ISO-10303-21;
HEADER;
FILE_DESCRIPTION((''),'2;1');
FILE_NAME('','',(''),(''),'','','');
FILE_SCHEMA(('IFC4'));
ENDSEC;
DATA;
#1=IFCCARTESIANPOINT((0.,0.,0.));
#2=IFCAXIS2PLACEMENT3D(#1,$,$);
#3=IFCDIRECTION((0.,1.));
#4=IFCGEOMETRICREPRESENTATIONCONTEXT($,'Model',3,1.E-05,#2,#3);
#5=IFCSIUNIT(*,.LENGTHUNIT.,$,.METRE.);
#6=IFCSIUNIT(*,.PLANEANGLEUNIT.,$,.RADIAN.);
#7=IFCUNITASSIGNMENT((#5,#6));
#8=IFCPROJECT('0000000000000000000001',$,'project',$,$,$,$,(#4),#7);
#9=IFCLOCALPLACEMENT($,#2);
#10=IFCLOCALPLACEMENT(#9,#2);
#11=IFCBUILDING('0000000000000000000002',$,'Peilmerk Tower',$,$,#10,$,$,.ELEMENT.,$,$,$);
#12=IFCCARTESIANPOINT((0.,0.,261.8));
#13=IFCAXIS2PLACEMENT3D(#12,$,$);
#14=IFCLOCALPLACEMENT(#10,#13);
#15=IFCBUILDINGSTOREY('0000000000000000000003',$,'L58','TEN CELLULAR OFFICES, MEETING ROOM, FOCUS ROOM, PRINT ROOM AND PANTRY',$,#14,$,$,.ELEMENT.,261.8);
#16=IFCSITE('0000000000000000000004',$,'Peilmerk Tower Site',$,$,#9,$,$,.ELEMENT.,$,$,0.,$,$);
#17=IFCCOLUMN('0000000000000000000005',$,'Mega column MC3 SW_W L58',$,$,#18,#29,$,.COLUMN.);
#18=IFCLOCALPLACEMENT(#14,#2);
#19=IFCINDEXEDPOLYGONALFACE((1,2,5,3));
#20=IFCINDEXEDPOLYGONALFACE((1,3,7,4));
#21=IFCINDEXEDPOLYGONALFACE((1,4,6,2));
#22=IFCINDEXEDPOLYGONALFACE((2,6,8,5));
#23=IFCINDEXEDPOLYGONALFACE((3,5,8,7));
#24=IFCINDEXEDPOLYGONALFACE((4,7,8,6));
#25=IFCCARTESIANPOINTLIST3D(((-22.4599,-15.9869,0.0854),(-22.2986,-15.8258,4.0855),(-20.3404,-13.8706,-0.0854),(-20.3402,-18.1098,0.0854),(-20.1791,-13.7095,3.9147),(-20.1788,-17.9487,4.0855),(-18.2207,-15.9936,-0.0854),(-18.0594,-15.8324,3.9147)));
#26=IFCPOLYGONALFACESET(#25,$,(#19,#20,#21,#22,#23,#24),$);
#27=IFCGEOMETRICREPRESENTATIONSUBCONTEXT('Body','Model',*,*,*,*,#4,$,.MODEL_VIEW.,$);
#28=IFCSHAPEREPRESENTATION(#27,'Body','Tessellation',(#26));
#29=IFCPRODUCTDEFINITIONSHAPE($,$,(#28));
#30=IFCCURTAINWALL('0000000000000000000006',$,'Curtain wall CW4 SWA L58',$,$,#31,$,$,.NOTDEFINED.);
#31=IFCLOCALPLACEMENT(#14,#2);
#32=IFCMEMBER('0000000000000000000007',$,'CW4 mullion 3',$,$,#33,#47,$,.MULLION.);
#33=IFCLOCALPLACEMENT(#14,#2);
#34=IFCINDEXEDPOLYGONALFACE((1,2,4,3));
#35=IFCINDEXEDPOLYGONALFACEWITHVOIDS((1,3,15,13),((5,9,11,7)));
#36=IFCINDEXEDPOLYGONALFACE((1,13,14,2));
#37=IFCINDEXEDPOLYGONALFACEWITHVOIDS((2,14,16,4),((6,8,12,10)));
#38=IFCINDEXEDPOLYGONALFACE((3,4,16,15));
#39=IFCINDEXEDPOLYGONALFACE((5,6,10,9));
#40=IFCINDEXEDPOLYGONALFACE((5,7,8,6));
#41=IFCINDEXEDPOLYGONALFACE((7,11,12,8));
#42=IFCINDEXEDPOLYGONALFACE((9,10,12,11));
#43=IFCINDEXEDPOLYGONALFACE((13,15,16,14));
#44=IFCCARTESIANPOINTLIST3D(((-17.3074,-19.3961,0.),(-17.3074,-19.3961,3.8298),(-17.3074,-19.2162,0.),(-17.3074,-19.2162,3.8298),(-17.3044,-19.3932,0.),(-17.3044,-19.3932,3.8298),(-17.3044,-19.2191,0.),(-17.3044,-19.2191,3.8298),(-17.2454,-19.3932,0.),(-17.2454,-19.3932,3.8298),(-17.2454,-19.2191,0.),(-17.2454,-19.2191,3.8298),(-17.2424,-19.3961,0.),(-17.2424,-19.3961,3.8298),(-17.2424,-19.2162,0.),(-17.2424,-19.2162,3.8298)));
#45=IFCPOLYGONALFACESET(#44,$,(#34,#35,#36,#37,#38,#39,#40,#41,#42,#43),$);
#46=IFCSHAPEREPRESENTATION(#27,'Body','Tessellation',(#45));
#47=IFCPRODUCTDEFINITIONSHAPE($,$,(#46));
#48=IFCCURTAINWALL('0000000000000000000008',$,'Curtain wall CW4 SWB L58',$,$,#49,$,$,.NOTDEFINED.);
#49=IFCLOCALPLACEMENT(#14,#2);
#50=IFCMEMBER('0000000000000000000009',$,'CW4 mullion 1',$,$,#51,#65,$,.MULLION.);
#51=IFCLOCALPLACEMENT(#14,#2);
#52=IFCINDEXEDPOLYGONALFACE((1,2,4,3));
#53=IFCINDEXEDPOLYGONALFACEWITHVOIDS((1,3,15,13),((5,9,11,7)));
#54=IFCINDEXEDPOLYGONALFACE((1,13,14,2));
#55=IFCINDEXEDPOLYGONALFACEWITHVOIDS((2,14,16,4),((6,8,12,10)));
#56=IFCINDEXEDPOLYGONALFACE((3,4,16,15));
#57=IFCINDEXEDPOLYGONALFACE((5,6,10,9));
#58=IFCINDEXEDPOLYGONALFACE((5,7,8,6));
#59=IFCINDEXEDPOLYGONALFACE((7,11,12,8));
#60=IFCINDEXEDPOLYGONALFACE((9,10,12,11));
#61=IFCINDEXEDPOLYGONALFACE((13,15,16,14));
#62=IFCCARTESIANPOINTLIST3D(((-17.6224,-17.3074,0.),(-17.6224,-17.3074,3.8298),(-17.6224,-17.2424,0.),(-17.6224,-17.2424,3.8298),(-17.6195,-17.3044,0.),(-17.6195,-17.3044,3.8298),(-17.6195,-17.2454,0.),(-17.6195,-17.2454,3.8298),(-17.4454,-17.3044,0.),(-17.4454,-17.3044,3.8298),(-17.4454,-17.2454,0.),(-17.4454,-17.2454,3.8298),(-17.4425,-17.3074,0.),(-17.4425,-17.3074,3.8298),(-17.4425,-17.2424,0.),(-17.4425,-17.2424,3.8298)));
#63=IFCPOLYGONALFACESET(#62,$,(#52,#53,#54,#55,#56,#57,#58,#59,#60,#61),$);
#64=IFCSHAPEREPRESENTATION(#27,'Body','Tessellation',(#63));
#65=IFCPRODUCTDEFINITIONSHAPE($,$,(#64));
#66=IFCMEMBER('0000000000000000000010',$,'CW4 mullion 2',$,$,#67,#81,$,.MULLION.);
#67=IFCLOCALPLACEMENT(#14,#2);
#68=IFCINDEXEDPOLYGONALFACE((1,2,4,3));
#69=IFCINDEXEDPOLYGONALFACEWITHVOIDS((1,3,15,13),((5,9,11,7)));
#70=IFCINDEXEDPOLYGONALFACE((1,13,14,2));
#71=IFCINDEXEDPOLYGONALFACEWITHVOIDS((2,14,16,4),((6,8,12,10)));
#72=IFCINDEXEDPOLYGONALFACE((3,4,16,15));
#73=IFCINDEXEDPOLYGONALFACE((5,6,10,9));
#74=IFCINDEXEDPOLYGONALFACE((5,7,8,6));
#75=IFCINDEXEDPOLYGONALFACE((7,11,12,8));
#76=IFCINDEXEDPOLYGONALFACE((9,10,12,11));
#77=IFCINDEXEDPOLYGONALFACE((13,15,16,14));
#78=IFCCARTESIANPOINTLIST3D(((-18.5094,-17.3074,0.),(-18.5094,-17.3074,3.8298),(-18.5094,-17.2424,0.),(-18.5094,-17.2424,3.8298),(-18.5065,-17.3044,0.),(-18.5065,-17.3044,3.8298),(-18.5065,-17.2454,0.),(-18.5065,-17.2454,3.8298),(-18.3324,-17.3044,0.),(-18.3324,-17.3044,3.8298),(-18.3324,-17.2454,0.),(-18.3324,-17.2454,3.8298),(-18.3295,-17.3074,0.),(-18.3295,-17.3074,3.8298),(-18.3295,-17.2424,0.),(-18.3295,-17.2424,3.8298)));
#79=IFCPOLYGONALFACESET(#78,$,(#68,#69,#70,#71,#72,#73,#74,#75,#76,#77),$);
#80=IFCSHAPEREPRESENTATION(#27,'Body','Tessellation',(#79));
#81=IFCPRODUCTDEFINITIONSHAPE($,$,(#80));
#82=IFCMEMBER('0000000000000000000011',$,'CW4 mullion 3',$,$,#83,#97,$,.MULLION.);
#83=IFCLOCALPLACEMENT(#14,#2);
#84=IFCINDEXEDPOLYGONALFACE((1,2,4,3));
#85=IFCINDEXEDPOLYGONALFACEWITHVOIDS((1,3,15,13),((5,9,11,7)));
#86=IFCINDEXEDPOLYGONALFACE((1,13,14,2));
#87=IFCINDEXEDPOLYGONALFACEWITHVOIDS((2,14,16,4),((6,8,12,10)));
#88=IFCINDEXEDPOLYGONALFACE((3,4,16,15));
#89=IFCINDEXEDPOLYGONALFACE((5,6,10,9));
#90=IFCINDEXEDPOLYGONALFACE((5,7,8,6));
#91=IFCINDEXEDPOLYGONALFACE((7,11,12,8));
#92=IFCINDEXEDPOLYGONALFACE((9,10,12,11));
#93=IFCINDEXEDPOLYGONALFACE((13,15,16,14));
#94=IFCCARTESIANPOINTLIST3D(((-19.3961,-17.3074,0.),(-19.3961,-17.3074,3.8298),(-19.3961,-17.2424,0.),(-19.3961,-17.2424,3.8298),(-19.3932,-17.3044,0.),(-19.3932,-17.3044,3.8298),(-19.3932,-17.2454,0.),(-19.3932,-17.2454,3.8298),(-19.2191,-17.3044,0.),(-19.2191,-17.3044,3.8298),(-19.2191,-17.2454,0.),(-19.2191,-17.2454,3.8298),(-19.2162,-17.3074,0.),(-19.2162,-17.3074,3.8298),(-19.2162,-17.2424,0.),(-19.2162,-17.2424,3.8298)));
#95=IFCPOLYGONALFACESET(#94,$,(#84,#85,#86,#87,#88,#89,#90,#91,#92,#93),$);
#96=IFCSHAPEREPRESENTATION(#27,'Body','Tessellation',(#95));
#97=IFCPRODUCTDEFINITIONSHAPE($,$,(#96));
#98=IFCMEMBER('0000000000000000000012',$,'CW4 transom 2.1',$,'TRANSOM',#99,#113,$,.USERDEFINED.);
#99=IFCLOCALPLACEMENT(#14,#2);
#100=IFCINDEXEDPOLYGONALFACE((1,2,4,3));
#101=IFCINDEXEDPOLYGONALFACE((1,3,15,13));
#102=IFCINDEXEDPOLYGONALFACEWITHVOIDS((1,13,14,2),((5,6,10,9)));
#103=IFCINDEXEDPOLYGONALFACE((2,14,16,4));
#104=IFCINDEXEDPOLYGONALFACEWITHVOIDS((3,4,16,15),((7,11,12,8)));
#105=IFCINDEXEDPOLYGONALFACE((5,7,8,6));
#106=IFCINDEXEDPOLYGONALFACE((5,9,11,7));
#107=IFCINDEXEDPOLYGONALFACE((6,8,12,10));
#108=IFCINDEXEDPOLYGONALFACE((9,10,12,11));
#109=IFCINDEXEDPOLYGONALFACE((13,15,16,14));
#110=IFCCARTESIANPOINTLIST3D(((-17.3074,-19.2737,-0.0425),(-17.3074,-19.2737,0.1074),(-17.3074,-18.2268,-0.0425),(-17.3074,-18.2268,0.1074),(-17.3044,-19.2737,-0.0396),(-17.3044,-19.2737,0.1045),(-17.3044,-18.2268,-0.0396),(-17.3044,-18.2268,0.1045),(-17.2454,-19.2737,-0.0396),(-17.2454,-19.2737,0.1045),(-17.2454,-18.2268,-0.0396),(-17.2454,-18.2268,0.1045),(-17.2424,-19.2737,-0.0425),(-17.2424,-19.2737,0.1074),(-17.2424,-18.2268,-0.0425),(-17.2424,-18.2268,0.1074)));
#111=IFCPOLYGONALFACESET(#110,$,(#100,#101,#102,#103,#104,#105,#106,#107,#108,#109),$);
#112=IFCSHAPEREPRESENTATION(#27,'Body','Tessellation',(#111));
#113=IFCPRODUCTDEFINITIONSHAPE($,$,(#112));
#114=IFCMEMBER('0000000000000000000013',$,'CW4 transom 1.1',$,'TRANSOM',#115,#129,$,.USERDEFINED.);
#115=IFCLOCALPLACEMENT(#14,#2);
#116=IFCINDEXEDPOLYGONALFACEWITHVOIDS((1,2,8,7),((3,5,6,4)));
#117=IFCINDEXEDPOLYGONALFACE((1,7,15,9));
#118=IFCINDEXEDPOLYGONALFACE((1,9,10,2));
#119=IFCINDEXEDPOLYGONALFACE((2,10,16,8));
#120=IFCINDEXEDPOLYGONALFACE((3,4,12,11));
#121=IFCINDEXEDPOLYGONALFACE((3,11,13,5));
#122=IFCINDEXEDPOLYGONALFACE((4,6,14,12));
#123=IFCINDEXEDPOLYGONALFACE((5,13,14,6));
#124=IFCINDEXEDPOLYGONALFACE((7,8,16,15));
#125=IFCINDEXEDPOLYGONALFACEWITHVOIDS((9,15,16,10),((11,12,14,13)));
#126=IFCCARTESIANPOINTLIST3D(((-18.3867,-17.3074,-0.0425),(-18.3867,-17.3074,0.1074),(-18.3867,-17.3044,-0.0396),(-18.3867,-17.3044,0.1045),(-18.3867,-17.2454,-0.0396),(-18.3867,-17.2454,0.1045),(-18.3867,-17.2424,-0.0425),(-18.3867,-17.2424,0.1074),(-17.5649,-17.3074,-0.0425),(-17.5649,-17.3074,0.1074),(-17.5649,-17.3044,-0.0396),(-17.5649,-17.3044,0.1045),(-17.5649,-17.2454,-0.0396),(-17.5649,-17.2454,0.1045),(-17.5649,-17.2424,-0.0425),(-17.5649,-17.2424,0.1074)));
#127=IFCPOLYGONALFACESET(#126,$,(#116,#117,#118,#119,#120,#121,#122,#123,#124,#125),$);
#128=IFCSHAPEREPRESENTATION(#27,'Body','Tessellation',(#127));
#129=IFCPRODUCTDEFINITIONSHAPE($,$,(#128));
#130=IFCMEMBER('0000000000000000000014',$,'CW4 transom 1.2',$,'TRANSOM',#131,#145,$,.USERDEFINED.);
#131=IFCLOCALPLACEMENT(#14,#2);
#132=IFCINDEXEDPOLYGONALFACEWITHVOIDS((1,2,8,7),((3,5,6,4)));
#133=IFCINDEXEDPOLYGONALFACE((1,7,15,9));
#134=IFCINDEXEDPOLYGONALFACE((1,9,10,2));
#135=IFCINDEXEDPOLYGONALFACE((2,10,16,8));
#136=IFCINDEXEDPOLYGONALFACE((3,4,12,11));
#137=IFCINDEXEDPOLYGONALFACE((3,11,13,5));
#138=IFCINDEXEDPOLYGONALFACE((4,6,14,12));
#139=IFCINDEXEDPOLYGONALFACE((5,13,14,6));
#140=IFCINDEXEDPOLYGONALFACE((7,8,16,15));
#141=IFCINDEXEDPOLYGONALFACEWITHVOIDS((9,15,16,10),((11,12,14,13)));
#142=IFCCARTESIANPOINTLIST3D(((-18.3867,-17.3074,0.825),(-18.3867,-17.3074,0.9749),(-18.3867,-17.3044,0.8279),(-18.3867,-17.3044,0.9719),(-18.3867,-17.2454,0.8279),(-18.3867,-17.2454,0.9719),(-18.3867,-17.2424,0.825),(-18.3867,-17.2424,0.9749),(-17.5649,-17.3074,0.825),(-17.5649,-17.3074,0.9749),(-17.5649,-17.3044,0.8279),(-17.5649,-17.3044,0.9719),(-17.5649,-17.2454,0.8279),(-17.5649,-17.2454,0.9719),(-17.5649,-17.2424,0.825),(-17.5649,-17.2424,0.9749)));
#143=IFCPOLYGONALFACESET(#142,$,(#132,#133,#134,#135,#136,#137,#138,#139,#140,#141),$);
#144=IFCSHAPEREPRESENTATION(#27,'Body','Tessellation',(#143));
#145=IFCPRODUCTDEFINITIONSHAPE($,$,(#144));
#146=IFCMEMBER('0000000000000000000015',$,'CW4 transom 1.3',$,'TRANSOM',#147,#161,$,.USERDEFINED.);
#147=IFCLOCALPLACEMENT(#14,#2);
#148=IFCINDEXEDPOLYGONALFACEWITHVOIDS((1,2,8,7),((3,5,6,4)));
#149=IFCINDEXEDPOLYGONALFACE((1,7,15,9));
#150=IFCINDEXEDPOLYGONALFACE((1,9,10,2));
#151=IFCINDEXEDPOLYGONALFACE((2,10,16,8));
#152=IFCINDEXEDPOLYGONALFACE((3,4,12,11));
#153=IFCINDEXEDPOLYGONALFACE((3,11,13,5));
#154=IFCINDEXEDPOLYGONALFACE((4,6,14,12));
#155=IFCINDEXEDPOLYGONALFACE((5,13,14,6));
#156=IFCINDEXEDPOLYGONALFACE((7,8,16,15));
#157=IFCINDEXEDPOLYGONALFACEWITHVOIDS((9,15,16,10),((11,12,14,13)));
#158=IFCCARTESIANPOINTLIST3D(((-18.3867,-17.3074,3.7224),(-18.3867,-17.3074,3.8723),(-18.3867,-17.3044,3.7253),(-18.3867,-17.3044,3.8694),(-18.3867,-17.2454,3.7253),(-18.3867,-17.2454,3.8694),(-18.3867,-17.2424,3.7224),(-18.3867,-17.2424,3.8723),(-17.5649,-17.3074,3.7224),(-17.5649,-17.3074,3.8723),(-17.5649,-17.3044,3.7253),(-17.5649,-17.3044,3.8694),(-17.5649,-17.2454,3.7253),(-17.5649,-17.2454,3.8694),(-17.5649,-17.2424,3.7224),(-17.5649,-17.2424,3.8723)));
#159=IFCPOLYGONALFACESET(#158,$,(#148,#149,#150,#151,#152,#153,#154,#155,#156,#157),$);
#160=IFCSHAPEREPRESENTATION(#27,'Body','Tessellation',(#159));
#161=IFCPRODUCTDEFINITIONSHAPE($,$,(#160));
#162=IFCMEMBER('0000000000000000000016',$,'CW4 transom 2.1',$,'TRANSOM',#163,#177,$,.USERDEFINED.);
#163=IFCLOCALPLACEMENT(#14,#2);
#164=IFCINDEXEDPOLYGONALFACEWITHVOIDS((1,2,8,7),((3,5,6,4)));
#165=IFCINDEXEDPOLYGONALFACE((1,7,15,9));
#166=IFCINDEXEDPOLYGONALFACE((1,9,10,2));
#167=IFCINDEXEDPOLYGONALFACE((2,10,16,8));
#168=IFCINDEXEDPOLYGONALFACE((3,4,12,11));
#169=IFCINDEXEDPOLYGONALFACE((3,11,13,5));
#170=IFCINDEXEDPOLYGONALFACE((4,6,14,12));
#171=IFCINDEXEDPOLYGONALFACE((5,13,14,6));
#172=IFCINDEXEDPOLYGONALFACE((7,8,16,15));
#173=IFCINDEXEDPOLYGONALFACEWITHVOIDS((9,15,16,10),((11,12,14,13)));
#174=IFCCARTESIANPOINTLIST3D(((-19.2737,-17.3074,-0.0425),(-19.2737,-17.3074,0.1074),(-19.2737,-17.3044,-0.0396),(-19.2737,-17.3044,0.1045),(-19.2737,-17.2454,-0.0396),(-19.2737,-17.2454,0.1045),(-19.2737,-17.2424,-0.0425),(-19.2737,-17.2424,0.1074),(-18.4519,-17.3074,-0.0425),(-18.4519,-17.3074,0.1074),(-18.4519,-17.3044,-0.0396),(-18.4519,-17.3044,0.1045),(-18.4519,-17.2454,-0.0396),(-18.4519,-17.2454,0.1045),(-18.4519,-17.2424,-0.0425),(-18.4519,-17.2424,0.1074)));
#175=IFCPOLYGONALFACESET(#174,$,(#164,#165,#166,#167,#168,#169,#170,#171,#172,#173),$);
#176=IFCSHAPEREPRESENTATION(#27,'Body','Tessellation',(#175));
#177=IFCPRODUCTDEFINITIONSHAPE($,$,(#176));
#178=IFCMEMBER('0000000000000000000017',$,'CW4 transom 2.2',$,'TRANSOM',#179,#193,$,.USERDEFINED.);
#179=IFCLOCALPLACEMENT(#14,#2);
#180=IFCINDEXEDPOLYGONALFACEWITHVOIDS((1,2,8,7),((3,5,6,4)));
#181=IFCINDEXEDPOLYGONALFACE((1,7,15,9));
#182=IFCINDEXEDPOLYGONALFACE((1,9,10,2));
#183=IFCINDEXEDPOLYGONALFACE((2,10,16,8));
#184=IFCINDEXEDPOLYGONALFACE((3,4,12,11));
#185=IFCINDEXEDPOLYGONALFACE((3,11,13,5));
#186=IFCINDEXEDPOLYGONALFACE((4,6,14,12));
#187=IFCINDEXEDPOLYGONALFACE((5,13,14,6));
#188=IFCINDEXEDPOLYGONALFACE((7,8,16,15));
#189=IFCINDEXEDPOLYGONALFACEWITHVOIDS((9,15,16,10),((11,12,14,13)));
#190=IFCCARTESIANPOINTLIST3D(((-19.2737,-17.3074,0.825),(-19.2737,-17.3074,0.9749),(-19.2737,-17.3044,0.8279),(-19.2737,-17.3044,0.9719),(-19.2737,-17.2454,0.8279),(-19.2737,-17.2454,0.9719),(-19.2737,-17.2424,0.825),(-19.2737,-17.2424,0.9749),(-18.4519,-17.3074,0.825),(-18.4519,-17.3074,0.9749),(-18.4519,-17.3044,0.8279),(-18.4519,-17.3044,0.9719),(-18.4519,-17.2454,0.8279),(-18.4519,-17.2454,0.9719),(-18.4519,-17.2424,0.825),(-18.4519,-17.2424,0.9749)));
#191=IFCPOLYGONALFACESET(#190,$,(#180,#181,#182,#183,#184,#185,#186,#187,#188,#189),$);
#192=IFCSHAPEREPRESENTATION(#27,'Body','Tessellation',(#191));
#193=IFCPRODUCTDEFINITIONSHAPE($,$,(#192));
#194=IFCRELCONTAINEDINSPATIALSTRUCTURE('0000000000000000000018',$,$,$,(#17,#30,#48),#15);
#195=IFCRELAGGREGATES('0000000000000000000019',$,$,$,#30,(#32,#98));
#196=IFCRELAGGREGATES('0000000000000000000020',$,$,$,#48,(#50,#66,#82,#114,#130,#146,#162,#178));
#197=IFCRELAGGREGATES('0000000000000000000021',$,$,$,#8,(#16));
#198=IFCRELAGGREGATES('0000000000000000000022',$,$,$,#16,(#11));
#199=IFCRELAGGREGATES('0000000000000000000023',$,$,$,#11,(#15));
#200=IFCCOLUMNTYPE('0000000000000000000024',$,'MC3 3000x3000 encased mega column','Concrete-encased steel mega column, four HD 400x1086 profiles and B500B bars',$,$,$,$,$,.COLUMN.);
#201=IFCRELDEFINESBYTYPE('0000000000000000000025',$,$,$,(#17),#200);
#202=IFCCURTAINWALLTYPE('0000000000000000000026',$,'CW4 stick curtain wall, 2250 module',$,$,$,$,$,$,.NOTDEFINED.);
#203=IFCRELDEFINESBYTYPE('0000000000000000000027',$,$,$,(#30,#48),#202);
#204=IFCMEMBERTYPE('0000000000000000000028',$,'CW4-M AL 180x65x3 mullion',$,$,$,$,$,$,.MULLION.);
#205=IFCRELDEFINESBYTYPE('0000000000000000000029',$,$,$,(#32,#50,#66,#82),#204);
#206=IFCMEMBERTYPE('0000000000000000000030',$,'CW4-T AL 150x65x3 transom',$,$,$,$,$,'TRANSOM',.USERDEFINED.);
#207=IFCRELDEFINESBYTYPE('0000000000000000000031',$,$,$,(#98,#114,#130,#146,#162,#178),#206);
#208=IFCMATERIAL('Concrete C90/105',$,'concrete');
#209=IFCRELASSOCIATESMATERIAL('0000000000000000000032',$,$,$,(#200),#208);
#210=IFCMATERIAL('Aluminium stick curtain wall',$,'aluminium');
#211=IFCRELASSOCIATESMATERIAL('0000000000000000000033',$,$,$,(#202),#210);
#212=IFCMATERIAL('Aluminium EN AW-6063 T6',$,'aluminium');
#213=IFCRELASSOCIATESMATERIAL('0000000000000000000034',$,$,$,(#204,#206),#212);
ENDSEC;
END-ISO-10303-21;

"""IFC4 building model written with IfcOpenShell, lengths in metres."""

from ifc_helpers import new_model, si_unit, direction, frame, origin, origin_2d, place, context, subcontext, project, spatial, rectangle, hollow_rectangle, extrude, material, material_profile, profile_set, type_object, element, aggregate, save


model = new_model("IFC4")

# Units and contexts
model_context = context("Model", 3, precision=1e-05, world=origin(), true_north=direction((0.0, 1.0)))
body_context = subcontext(model_context, "Body", "Model", "MODEL_VIEW")
ifc_project = project(units=[si_unit("LENGTHUNIT", "METRE"), si_unit("PLANEANGLEUNIT", "RADIAN")], contexts=[model_context])

# Site, building, storey
site_placement = place(None, origin())
site = spatial("IfcSite", under=ifc_project, at=site_placement, Name="Peilmerk Tower Site", CompositionType="ELEMENT", RefElevation=0.0)
building_placement = place(site_placement, origin())
building = spatial("IfcBuilding", under=site, at=building_placement, Name="Peilmerk Tower", CompositionType="ELEMENT")
storey_placement = place(building_placement, frame((0.0, 0.0, 261.8)))
storey = spatial("IfcBuildingStorey", under=building, at=storey_placement, Name="L58", Description="TEN CELLULAR OFFICES, MEETING ROOM, FOCUS ROOM, PRINT ROOM AND PANTRY", CompositionType="ELEMENT", Elevation=261.8)

# Column
ifc_material_1 = material(Name="Concrete C90/105", Category="concrete")
ifc_material_profile_1 = material_profile(ifc_material_1, rectangle(XDim=3.0, YDim=3.0, at=origin_2d()), Name="RC 3000x3000")
ifc_profile_set_1 = profile_set([ifc_material_profile_1], Name="Concrete C90/105")
column_type = type_object("IfcColumnType", Name="MC3 3000x3000 encased mega column", Description="Concrete-encased steel mega column, four HD 400x1086 profiles and B500B bars", PredefinedType="COLUMN", material=ifc_profile_set_1)
column_placement = place(storey_placement, frame((-20.3403, -15.9902, 0.0), z_axis=(0.040279, 0.040218, 0.998379), x_axis=(-0.706571, 0.707642, 0.0)))
element("IfcColumn", 1, at=column_placement, inside=storey, type_object=column_type, Name="Mega column MC3 SW_W L58", PredefinedType="COLUMN", context=body_context, shape_type="SweptSolid", body=[
    extrude(rectangle(XDim=3.0, YDim=3.0, at=origin_2d()), origin(), (0.0, 0.0, 1.0), 4.0066),
])

# Curtain wall, member
ifc_material_2 = material(Name="Aluminium stick curtain wall", Category="aluminium")
curtain_wall_type = type_object("IfcCurtainWallType", Name="CW4 stick curtain wall, 2250 module", PredefinedType="NOTDEFINED", material=ifc_material_2)
curtain_wall_1_placement = place(storey_placement, origin())
curtain_wall_1 = element("IfcCurtainWall", 2, at=curtain_wall_1_placement, inside=storey, type_object=curtain_wall_type, Name="Curtain wall CW4 SWA L58", PredefinedType="NOTDEFINED")
ifc_material_3 = material(Name="Aluminium EN AW-6063 T6", Category="aluminium")
ifc_material_profile_2 = material_profile(ifc_material_3, hollow_rectangle(XDim=0.0649, YDim=0.1799, WallThickness=0.0029, at=origin_2d()), Name="AL 180x65x3")
ifc_profile_set_2 = profile_set([ifc_material_profile_2], Name="Aluminium EN AW-6063 T6")
member_type_1 = type_object("IfcMemberType", Name="CW4-M AL 180x65x3 mullion", PredefinedType="MULLION", material=ifc_profile_set_2)
member_1_placement = place(storey_placement, frame((-17.2749, -19.3062, 0.0), z_axis=(0.0, 0.0, 1.0), x_axis=(1.0, 0.0, 0.0)))
member_1 = element("IfcMember", 3, at=member_1_placement, type_object=member_type_1, Name="CW4 mullion 3", PredefinedType="MULLION", context=body_context, shape_type="SweptSolid", body=[
    extrude(hollow_rectangle(XDim=0.0649, YDim=0.1799, WallThickness=0.0029, at=origin_2d()), origin(), (0.0, 0.0, 1.0), 3.8298),
])

# Curtain wall, members
curtain_wall_2_placement = place(storey_placement, origin())
curtain_wall_2 = element("IfcCurtainWall", 4, at=curtain_wall_2_placement, inside=storey, type_object=curtain_wall_type, Name="Curtain wall CW4 SWB L58", PredefinedType="NOTDEFINED")
member_2_placement = place(storey_placement, frame((-17.5325, -17.2749, 0.0), z_axis=(0.0, 0.0, 1.0), x_axis=(0.0, -1.0, 0.0)))
member_2 = element("IfcMember", 5, at=member_2_placement, type_object=member_type_1, Name="CW4 mullion 1", PredefinedType="MULLION", context=body_context, shape_type="SweptSolid", body=[
    extrude(hollow_rectangle(XDim=0.0649, YDim=0.1799, WallThickness=0.0029, at=origin_2d()), origin(), (0.0, 0.0, 1.0), 3.8298),
])
member_3_placement = place(storey_placement, frame((-18.4194, -17.2749, 0.0), z_axis=(0.0, 0.0, 1.0), x_axis=(0.0, -1.0, 0.0)))
member_3 = element("IfcMember", 6, at=member_3_placement, type_object=member_type_1, Name="CW4 mullion 2", PredefinedType="MULLION", context=body_context, shape_type="SweptSolid", body=[
    extrude(hollow_rectangle(XDim=0.0649, YDim=0.1799, WallThickness=0.0029, at=origin_2d()), origin(), (0.0, 0.0, 1.0), 3.8298),
])
member_4_placement = place(storey_placement, frame((-19.3062, -17.2749, 0.0), z_axis=(0.0, 0.0, 1.0), x_axis=(0.0, -1.0, 0.0)))
member_4 = element("IfcMember", 7, at=member_4_placement, type_object=member_type_1, Name="CW4 mullion 3", PredefinedType="MULLION", context=body_context, shape_type="SweptSolid", body=[
    extrude(hollow_rectangle(XDim=0.0649, YDim=0.1799, WallThickness=0.0029, at=origin_2d()), origin(), (0.0, 0.0, 1.0), 3.8298),
])

# Members
ifc_material_profile_3 = material_profile(ifc_material_3, hollow_rectangle(XDim=0.0649, YDim=0.1499, WallThickness=0.0029, at=origin_2d()), Name="AL 150x65x3")
ifc_profile_set_3 = profile_set([ifc_material_profile_3], Name="Aluminium EN AW-6063 T6")
member_type_2 = type_object("IfcMemberType", Name="CW4-T AL 150x65x3 transom", ElementType="TRANSOM", PredefinedType="USERDEFINED", material=ifc_profile_set_3)
member_5_placement = place(storey_placement, frame((-17.2749, -18.2268, 0.0325), z_axis=(0.0, -1.0, 0.0), x_axis=(1.0, 0.0, 0.0)))
member_5 = element("IfcMember", 8, at=member_5_placement, type_object=member_type_2, Name="CW4 transom 2.1", ObjectType="TRANSOM", PredefinedType="USERDEFINED", context=body_context, shape_type="SweptSolid", body=[
    extrude(hollow_rectangle(XDim=0.0649, YDim=0.1499, WallThickness=0.0029, at=origin_2d()), origin(), (0.0, 0.0, 1.0), 1.0469),
])
member_6_placement = place(storey_placement, frame((-17.5649, -17.2749, 0.0325), z_axis=(-1.0, 0.0, 0.0), x_axis=(0.0, -1.0, 0.0)))
member_6 = element("IfcMember", 9, at=member_6_placement, type_object=member_type_2, Name="CW4 transom 1.1", ObjectType="TRANSOM", PredefinedType="USERDEFINED", context=body_context, shape_type="SweptSolid", body=[
    extrude(hollow_rectangle(XDim=0.0649, YDim=0.1499, WallThickness=0.0029, at=origin_2d()), origin(), (0.0, 0.0, 1.0), 0.8218),
])
member_7_placement = place(storey_placement, frame((-17.5649, -17.2749, 0.8999), z_axis=(-1.0, 0.0, 0.0), x_axis=(0.0, -1.0, 0.0)))
member_7 = element("IfcMember", 10, at=member_7_placement, type_object=member_type_2, Name="CW4 transom 1.2", ObjectType="TRANSOM", PredefinedType="USERDEFINED", context=body_context, shape_type="SweptSolid", body=[
    extrude(hollow_rectangle(XDim=0.0649, YDim=0.1499, WallThickness=0.0029, at=origin_2d()), origin(), (0.0, 0.0, 1.0), 0.8218),
])
member_8_placement = place(storey_placement, frame((-17.5649, -17.2749, 3.7974), z_axis=(-1.0, 0.0, 0.0), x_axis=(0.0, -1.0, 0.0)))
member_8 = element("IfcMember", 11, at=member_8_placement, type_object=member_type_2, Name="CW4 transom 1.3", ObjectType="TRANSOM", PredefinedType="USERDEFINED", context=body_context, shape_type="SweptSolid", body=[
    extrude(hollow_rectangle(XDim=0.0649, YDim=0.1499, WallThickness=0.0029, at=origin_2d()), origin(), (0.0, 0.0, 1.0), 0.8218),
])
member_9_placement = place(storey_placement, frame((-18.4519, -17.2749, 0.0325), z_axis=(-1.0, 0.0, 0.0), x_axis=(0.0, -1.0, 0.0)))
member_9 = element("IfcMember", 12, at=member_9_placement, type_object=member_type_2, Name="CW4 transom 2.1", ObjectType="TRANSOM", PredefinedType="USERDEFINED", context=body_context, shape_type="SweptSolid", body=[
    extrude(hollow_rectangle(XDim=0.0649, YDim=0.1499, WallThickness=0.0029, at=origin_2d()), origin(), (0.0, 0.0, 1.0), 0.8218),
])
member_10_placement = place(storey_placement, frame((-18.4519, -17.2749, 0.8999), z_axis=(-1.0, 0.0, 0.0), x_axis=(0.0, -1.0, 0.0)))
member_10 = element("IfcMember", 13, at=member_10_placement, type_object=member_type_2, Name="CW4 transom 2.2", ObjectType="TRANSOM", PredefinedType="USERDEFINED", context=body_context, shape_type="SweptSolid", body=[
    extrude(hollow_rectangle(XDim=0.0649, YDim=0.1499, WallThickness=0.0029, at=origin_2d()), origin(), (0.0, 0.0, 1.0), 0.8218),
])

aggregate(curtain_wall_1, [member_1, member_5])
aggregate(curtain_wall_2, [member_2, member_3, member_4, member_6, member_7, member_8, member_9, member_10])

save(model, "model.ifc")
